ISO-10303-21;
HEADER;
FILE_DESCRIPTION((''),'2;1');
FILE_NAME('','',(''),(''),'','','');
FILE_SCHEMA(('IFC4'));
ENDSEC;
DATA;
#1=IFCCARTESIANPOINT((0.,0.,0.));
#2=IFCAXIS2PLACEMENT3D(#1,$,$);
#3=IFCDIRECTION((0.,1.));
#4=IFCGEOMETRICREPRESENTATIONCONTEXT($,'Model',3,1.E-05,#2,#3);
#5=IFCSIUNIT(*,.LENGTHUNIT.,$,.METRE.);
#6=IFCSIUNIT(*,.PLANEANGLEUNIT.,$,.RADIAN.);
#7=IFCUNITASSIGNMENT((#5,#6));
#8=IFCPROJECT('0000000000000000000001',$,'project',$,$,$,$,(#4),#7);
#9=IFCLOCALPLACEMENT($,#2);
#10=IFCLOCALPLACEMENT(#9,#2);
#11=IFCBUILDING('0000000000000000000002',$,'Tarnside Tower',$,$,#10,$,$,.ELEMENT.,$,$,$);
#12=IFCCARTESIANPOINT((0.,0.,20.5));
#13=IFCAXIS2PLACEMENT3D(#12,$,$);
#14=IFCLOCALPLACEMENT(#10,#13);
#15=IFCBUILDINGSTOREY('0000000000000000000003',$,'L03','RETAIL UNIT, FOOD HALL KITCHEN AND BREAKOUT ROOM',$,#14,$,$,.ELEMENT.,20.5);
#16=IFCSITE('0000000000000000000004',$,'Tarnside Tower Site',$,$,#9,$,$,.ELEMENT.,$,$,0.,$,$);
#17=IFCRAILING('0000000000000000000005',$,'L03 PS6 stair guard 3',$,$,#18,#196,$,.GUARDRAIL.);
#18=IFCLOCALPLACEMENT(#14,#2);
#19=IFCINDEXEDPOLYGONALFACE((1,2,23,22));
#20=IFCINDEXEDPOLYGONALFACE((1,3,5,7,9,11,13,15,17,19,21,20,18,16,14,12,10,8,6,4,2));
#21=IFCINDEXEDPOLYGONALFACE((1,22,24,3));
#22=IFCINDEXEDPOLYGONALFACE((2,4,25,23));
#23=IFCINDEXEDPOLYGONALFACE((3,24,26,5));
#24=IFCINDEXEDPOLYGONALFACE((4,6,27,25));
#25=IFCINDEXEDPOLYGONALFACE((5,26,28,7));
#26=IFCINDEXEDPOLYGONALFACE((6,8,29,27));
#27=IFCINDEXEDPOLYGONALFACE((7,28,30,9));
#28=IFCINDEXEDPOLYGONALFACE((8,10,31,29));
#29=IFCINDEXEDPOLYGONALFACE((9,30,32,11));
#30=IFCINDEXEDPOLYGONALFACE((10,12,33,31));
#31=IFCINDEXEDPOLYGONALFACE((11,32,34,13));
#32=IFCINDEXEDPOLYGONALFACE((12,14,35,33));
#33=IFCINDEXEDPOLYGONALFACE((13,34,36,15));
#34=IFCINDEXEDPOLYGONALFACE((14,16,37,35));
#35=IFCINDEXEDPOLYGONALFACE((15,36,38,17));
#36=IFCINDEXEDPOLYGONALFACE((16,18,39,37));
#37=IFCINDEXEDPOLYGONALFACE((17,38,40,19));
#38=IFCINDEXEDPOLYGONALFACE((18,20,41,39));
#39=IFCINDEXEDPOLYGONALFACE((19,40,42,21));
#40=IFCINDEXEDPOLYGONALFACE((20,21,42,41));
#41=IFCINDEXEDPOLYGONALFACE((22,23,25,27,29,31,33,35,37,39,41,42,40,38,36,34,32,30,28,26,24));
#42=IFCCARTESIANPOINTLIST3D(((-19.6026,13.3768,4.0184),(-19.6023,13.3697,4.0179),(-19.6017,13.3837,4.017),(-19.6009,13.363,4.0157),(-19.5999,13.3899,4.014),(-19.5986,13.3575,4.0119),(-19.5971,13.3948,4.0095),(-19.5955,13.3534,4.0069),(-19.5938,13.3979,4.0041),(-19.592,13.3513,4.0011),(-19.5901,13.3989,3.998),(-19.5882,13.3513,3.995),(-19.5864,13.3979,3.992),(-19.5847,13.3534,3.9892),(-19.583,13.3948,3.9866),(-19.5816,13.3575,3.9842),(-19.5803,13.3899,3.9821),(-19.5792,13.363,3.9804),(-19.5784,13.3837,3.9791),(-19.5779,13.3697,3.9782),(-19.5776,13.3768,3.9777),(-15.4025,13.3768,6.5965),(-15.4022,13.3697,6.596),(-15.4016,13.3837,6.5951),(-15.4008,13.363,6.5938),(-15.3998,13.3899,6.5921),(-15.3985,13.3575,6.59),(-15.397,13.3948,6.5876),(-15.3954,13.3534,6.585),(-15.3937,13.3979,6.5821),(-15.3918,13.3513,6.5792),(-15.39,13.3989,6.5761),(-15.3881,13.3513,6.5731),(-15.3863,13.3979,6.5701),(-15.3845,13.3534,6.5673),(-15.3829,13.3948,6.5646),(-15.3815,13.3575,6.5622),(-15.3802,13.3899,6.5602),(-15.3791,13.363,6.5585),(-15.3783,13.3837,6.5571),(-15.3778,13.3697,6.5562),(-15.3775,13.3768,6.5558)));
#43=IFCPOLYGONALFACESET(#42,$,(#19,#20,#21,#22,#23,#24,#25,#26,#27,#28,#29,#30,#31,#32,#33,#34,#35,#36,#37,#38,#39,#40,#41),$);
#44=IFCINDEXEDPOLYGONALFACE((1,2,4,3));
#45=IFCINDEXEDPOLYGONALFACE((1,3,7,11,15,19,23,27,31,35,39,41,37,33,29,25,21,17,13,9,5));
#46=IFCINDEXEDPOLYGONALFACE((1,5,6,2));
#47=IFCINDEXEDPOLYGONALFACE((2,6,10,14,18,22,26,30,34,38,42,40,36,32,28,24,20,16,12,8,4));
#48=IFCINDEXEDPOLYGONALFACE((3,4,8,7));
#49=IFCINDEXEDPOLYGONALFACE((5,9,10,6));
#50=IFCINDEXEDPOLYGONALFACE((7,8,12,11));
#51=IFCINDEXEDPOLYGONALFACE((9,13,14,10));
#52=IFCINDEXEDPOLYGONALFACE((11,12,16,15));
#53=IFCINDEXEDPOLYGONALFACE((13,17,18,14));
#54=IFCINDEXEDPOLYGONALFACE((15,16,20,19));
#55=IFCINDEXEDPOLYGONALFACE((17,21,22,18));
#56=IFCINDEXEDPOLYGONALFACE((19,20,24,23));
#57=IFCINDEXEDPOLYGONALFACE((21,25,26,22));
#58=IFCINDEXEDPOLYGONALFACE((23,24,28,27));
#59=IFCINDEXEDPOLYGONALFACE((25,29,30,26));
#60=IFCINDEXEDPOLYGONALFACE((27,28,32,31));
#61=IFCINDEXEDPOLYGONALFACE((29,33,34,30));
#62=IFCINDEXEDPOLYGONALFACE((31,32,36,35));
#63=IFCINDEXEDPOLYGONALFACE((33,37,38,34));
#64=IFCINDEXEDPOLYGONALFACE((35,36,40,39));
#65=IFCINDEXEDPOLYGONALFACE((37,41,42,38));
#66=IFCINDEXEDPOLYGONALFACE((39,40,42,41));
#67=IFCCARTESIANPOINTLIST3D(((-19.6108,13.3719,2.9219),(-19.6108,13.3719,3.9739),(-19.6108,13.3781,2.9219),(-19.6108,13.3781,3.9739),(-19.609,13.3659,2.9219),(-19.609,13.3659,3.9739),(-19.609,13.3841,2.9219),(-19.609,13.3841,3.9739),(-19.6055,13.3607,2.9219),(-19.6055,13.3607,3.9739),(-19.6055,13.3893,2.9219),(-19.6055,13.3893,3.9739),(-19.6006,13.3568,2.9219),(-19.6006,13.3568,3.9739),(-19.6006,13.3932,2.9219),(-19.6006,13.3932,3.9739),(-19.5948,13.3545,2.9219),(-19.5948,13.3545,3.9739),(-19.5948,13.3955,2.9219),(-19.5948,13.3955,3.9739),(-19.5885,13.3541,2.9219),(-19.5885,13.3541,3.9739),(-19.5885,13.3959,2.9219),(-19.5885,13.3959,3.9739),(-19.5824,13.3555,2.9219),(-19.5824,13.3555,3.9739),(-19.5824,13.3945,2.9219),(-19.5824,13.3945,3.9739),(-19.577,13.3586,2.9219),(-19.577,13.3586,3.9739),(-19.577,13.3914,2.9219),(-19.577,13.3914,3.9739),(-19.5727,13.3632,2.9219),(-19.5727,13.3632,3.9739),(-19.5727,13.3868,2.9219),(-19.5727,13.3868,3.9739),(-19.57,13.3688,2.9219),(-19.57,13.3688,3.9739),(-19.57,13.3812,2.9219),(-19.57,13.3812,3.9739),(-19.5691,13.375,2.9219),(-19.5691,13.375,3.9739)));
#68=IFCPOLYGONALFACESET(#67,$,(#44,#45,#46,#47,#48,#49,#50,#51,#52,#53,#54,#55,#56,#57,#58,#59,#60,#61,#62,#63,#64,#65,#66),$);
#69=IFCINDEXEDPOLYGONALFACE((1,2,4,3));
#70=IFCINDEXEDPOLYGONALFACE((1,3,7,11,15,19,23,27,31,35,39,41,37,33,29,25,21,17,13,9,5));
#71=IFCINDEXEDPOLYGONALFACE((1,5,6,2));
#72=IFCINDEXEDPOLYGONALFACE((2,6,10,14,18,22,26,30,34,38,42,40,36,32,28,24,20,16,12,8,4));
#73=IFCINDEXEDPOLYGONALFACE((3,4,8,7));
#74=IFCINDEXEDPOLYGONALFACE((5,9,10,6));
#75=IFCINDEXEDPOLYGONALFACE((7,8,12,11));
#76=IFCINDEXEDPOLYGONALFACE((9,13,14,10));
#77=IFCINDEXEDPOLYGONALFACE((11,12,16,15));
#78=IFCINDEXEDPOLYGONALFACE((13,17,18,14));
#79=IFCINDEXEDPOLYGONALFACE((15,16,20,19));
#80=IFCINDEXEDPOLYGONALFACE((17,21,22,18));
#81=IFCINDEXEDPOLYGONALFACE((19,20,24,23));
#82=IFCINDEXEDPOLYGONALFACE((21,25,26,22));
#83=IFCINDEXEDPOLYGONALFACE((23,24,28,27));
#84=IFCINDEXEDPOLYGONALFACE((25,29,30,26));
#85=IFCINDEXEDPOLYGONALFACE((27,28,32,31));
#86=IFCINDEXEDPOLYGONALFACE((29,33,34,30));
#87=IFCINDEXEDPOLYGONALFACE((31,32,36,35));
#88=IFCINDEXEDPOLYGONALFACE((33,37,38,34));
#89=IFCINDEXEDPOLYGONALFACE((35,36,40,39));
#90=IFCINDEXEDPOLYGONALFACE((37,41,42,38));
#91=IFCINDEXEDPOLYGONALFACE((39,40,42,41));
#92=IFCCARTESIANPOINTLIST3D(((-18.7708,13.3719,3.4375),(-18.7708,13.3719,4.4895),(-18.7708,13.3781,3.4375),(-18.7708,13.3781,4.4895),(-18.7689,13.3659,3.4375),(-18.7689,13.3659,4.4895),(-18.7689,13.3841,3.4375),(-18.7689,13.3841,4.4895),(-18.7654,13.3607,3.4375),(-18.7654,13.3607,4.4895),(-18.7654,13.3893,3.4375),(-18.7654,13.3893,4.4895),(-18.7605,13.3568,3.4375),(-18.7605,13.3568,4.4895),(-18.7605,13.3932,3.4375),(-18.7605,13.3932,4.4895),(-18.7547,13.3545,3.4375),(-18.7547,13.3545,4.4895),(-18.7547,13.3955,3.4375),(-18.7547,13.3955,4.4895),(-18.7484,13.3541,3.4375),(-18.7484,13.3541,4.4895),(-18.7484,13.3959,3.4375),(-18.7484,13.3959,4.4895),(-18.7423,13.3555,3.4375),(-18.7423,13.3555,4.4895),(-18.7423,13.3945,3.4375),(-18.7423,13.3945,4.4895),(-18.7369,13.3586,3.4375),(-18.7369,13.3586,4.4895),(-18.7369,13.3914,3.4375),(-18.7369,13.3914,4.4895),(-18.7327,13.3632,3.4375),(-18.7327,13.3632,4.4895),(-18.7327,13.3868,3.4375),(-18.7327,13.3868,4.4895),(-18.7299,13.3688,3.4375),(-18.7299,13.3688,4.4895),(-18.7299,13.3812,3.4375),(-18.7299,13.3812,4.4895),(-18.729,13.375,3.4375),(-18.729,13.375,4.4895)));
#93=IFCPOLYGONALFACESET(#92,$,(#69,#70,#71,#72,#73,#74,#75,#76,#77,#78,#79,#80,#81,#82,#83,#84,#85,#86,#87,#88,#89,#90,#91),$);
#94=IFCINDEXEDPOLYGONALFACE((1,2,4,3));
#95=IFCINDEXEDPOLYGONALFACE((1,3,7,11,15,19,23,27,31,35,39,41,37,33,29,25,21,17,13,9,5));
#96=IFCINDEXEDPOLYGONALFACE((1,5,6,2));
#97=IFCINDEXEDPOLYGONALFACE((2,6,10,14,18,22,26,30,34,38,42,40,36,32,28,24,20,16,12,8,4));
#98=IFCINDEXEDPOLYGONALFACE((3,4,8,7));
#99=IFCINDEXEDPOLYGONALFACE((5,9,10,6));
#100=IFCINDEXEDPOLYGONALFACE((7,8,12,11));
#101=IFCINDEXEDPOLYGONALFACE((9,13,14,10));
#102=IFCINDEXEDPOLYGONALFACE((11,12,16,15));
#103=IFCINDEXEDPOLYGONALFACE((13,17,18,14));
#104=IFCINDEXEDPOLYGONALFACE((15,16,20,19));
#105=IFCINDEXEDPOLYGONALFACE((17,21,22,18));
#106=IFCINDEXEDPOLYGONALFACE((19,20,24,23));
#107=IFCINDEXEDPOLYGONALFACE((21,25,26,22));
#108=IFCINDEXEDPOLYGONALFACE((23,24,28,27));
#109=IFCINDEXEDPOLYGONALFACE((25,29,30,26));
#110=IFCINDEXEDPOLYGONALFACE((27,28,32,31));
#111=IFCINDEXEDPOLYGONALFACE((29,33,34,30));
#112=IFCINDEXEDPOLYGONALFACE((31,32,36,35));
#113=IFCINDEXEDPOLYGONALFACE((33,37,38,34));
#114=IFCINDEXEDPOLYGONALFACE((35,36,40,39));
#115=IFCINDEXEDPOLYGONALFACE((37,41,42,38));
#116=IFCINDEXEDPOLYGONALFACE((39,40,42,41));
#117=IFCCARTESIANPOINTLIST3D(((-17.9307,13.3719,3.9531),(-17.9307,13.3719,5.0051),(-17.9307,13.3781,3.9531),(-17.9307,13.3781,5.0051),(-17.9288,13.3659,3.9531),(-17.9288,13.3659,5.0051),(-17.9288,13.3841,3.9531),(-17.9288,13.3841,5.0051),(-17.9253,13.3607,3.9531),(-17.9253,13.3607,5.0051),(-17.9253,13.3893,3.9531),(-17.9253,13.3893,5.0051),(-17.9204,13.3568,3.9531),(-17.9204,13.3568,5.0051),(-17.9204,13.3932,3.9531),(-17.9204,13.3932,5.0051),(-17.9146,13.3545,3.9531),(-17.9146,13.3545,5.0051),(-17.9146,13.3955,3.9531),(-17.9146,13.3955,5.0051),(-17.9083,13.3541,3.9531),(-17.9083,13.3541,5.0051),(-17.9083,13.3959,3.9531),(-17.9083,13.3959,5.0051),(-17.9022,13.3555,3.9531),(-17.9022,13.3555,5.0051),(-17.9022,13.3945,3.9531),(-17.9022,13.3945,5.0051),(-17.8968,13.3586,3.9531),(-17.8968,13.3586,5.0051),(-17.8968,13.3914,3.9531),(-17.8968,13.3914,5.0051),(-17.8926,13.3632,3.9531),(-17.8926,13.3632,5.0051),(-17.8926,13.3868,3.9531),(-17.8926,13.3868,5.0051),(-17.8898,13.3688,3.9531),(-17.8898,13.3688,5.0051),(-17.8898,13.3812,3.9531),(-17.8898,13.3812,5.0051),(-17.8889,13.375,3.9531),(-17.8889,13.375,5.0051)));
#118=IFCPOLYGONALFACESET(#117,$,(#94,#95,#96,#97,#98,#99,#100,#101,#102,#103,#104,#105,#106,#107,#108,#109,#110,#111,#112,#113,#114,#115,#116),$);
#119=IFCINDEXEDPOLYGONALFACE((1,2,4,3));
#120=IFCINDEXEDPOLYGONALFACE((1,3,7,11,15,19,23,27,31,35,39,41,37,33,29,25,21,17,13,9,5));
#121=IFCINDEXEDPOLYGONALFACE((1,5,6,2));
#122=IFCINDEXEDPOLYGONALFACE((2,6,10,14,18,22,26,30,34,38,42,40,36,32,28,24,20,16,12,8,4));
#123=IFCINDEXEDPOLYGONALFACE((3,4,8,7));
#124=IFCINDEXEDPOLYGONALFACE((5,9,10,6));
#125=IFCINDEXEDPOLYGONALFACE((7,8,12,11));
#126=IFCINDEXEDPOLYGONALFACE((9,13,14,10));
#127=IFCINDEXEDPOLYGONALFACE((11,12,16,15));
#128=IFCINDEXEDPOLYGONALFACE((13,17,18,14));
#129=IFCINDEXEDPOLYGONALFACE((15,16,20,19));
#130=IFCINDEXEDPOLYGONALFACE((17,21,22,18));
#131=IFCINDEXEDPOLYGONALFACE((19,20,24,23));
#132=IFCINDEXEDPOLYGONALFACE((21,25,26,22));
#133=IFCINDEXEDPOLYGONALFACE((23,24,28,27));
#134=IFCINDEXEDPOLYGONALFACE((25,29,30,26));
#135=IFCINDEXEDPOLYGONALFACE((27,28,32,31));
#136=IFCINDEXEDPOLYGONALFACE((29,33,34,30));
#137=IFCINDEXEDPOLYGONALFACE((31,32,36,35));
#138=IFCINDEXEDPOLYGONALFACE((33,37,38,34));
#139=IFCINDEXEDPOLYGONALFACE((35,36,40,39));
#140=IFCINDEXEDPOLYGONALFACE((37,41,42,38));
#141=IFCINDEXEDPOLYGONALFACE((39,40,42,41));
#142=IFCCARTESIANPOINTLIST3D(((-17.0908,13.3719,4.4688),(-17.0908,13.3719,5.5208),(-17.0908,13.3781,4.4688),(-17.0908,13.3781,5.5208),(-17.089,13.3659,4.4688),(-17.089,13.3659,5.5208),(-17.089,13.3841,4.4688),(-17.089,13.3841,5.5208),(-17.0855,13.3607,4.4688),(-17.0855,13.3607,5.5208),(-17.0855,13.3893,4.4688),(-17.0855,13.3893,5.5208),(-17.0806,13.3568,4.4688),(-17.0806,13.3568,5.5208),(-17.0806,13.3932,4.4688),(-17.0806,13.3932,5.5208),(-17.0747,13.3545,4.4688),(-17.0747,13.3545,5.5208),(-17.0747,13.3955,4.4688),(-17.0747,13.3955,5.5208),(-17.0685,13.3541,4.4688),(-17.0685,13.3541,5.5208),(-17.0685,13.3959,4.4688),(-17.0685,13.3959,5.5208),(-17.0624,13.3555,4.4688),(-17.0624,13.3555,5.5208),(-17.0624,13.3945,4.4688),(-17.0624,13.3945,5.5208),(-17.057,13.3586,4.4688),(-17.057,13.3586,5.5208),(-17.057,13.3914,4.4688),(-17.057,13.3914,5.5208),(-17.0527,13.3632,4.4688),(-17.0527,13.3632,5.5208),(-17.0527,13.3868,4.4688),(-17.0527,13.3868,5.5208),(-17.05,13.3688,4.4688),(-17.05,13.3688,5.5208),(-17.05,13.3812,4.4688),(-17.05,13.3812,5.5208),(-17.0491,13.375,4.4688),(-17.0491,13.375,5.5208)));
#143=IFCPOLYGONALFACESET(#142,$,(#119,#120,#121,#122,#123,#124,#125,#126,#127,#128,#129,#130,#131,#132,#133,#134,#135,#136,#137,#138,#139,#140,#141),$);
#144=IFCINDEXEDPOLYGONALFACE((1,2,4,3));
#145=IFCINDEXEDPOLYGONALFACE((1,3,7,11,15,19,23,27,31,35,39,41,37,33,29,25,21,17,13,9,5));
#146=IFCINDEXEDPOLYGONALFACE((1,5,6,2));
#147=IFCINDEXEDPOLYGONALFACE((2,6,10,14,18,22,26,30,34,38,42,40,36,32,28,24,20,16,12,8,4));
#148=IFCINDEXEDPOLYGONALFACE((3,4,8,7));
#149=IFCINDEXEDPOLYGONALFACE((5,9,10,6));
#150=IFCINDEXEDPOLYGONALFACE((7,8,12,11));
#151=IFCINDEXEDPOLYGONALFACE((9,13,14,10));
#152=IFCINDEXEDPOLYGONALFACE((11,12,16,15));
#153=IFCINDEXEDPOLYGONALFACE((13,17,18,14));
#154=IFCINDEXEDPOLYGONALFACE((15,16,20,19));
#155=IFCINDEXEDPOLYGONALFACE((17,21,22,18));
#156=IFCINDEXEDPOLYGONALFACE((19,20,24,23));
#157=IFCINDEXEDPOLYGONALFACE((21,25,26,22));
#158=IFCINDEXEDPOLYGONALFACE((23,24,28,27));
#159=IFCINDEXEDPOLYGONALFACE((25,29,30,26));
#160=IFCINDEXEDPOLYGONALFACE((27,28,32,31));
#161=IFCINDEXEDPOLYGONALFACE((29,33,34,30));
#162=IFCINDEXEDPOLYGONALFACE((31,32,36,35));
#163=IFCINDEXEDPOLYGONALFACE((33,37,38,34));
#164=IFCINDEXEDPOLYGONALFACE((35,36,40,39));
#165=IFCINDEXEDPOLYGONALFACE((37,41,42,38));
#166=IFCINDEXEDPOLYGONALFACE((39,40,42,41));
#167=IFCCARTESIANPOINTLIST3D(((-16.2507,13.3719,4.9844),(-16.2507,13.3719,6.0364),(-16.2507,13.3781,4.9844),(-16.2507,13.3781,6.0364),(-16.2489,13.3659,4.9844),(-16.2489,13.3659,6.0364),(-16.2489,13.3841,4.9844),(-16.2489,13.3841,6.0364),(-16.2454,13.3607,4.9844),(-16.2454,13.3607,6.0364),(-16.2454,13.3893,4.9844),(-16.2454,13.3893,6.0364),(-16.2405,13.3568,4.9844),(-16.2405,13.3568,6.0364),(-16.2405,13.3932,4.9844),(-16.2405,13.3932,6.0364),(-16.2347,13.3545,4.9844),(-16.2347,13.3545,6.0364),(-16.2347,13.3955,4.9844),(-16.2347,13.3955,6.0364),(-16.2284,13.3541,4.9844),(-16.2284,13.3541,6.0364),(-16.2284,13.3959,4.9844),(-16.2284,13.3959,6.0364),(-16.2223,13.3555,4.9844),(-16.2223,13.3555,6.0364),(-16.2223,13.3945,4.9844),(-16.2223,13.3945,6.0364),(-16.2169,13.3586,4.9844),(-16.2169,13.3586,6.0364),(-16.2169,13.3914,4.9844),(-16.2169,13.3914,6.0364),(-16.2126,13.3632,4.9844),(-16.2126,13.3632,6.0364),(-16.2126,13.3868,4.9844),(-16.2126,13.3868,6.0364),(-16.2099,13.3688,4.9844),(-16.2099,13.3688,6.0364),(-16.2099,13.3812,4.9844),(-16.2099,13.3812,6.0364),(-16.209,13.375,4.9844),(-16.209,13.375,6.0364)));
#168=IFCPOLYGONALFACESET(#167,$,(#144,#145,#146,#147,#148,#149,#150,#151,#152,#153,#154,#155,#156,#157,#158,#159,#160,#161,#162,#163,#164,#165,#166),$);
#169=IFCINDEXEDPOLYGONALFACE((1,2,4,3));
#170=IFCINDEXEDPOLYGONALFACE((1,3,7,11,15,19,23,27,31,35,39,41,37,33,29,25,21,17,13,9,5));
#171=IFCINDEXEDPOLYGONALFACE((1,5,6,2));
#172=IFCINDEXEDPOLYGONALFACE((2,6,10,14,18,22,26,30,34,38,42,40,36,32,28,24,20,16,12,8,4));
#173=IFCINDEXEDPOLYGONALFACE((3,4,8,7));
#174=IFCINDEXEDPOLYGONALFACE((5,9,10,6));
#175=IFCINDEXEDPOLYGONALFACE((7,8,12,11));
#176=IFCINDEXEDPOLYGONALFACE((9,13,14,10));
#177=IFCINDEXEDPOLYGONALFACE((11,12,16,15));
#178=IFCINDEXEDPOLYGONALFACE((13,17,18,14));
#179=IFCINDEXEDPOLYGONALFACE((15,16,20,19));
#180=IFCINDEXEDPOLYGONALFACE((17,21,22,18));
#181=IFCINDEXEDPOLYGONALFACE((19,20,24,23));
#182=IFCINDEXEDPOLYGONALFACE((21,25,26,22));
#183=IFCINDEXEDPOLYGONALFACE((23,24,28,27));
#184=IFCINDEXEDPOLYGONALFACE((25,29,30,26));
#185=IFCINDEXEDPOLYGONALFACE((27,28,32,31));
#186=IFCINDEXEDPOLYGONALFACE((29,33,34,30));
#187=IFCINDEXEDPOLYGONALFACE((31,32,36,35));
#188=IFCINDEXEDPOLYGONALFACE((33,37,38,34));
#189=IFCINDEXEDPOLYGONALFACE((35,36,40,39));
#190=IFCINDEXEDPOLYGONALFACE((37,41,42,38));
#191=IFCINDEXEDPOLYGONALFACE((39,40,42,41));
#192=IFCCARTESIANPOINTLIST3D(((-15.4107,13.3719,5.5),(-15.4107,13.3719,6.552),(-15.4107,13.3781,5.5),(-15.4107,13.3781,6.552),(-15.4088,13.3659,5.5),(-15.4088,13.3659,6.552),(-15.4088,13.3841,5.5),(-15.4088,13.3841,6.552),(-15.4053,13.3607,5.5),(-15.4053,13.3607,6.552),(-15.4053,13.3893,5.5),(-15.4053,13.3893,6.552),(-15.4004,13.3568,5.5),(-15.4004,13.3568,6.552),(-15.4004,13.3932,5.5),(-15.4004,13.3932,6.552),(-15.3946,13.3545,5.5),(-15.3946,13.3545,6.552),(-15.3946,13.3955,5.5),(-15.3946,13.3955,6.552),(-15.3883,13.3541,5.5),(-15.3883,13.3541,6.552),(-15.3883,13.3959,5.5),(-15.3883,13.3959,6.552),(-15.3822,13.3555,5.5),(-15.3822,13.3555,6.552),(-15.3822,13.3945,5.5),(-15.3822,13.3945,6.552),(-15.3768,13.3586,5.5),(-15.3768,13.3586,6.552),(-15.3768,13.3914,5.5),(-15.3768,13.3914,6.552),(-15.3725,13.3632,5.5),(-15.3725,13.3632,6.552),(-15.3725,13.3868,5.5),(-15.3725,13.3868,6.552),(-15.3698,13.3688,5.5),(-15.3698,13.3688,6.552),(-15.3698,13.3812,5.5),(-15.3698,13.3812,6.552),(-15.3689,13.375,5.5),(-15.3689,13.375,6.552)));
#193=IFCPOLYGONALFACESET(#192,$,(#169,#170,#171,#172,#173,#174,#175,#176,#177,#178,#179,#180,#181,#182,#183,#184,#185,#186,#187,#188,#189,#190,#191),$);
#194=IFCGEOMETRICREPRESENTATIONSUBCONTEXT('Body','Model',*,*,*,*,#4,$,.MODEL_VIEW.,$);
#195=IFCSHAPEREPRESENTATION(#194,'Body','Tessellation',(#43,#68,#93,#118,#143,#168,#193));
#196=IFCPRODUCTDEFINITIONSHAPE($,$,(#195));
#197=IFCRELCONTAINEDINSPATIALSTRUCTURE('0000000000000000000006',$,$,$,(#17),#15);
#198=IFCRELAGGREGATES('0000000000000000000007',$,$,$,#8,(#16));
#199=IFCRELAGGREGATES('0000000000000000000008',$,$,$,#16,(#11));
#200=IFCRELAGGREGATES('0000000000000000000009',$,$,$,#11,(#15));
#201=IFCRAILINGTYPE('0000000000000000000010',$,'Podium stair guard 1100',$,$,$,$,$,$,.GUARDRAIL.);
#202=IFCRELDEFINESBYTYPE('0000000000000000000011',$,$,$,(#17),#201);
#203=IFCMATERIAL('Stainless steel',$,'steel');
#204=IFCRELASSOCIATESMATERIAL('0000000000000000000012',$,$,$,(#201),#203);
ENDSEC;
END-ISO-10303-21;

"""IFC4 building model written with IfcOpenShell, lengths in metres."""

from ifc_helpers import new_model, si_unit, direction, frame, origin, origin_2d, place, context, subcontext, project, spatial, circle, extrude, material, type_object, element, save


model = new_model("IFC4")

# Units and contexts
model_context = context("Model", 3, precision=1e-05, world=origin(), true_north=direction((0.0, 1.0)))
body_context = subcontext(model_context, "Body", "Model", "MODEL_VIEW")
ifc_project = project(units=[si_unit("LENGTHUNIT", "METRE"), si_unit("PLANEANGLEUNIT", "RADIAN")], contexts=[model_context])

# Site, building, storey
site_placement = place(None, origin())
site = spatial("IfcSite", under=ifc_project, at=site_placement, Name="Tarnside Tower Site", CompositionType="ELEMENT", RefElevation=0.0)
building_placement = place(site_placement, origin())
building = spatial("IfcBuilding", under=site, at=building_placement, Name="Tarnside Tower", CompositionType="ELEMENT")
storey_placement = place(building_placement, frame((0.0, 0.0, 20.5)))
storey = spatial("IfcBuildingStorey", under=building, at=storey_placement, Name="L03", Description="RETAIL UNIT, FOOD HALL KITCHEN AND BREAKOUT ROOM", CompositionType="ELEMENT", Elevation=20.5)

# Railing
ifc_material_1 = material(Name="Stainless steel", Category="steel")
railing_type_1 = type_object("IfcRailingType", Name="Podium stair guard 1100", PredefinedType="GUARDRAIL", material=ifc_material_1)
railing_1_placement = place(storey_placement, frame((-19.5901, 13.375, 2.9219)))
element("IfcRailing", 1, at=railing_1_placement, inside=storey, type_object=railing_type_1, Name="L03 PS6 stair guard 3", PredefinedType="GUARDRAIL", context=body_context, shape_type="SweptSolid", body=[
    extrude(circle(Radius=0.0239, at=origin_2d()), frame((0.0, 0.0, 1.0762), z_axis=(0.852256, 0.0, 0.523124), x_axis=(0.0, 1.0, 0.0)), (0.0, 0.0, 1.0), 4.9282),
    extrude(circle(Radius=0.021, at=origin_2d()), origin(), (0.0, 0.0, 1.0), 1.052),
    extrude(circle(Radius=0.021, at=origin_2d()), frame((0.8401, 0.0, 0.5156)), (0.0, 0.0, 1.0), 1.052),
    extrude(circle(Radius=0.021, at=origin_2d()), frame((1.6802, 0.0, 1.0312)), (0.0, 0.0, 1.0), 1.052),
    extrude(circle(Radius=0.021, at=origin_2d()), frame((2.52, 0.0, 1.5469)), (0.0, 0.0, 1.0), 1.052),
    extrude(circle(Radius=0.021, at=origin_2d()), frame((3.3601, 0.0, 2.0625)), (0.0, 0.0, 1.0), 1.052),
    extrude(circle(Radius=0.021, at=origin_2d()), frame((4.2002, 0.0, 2.5781)), (0.0, 0.0, 1.0), 1.052),
])

save(model, "model.ifc")
